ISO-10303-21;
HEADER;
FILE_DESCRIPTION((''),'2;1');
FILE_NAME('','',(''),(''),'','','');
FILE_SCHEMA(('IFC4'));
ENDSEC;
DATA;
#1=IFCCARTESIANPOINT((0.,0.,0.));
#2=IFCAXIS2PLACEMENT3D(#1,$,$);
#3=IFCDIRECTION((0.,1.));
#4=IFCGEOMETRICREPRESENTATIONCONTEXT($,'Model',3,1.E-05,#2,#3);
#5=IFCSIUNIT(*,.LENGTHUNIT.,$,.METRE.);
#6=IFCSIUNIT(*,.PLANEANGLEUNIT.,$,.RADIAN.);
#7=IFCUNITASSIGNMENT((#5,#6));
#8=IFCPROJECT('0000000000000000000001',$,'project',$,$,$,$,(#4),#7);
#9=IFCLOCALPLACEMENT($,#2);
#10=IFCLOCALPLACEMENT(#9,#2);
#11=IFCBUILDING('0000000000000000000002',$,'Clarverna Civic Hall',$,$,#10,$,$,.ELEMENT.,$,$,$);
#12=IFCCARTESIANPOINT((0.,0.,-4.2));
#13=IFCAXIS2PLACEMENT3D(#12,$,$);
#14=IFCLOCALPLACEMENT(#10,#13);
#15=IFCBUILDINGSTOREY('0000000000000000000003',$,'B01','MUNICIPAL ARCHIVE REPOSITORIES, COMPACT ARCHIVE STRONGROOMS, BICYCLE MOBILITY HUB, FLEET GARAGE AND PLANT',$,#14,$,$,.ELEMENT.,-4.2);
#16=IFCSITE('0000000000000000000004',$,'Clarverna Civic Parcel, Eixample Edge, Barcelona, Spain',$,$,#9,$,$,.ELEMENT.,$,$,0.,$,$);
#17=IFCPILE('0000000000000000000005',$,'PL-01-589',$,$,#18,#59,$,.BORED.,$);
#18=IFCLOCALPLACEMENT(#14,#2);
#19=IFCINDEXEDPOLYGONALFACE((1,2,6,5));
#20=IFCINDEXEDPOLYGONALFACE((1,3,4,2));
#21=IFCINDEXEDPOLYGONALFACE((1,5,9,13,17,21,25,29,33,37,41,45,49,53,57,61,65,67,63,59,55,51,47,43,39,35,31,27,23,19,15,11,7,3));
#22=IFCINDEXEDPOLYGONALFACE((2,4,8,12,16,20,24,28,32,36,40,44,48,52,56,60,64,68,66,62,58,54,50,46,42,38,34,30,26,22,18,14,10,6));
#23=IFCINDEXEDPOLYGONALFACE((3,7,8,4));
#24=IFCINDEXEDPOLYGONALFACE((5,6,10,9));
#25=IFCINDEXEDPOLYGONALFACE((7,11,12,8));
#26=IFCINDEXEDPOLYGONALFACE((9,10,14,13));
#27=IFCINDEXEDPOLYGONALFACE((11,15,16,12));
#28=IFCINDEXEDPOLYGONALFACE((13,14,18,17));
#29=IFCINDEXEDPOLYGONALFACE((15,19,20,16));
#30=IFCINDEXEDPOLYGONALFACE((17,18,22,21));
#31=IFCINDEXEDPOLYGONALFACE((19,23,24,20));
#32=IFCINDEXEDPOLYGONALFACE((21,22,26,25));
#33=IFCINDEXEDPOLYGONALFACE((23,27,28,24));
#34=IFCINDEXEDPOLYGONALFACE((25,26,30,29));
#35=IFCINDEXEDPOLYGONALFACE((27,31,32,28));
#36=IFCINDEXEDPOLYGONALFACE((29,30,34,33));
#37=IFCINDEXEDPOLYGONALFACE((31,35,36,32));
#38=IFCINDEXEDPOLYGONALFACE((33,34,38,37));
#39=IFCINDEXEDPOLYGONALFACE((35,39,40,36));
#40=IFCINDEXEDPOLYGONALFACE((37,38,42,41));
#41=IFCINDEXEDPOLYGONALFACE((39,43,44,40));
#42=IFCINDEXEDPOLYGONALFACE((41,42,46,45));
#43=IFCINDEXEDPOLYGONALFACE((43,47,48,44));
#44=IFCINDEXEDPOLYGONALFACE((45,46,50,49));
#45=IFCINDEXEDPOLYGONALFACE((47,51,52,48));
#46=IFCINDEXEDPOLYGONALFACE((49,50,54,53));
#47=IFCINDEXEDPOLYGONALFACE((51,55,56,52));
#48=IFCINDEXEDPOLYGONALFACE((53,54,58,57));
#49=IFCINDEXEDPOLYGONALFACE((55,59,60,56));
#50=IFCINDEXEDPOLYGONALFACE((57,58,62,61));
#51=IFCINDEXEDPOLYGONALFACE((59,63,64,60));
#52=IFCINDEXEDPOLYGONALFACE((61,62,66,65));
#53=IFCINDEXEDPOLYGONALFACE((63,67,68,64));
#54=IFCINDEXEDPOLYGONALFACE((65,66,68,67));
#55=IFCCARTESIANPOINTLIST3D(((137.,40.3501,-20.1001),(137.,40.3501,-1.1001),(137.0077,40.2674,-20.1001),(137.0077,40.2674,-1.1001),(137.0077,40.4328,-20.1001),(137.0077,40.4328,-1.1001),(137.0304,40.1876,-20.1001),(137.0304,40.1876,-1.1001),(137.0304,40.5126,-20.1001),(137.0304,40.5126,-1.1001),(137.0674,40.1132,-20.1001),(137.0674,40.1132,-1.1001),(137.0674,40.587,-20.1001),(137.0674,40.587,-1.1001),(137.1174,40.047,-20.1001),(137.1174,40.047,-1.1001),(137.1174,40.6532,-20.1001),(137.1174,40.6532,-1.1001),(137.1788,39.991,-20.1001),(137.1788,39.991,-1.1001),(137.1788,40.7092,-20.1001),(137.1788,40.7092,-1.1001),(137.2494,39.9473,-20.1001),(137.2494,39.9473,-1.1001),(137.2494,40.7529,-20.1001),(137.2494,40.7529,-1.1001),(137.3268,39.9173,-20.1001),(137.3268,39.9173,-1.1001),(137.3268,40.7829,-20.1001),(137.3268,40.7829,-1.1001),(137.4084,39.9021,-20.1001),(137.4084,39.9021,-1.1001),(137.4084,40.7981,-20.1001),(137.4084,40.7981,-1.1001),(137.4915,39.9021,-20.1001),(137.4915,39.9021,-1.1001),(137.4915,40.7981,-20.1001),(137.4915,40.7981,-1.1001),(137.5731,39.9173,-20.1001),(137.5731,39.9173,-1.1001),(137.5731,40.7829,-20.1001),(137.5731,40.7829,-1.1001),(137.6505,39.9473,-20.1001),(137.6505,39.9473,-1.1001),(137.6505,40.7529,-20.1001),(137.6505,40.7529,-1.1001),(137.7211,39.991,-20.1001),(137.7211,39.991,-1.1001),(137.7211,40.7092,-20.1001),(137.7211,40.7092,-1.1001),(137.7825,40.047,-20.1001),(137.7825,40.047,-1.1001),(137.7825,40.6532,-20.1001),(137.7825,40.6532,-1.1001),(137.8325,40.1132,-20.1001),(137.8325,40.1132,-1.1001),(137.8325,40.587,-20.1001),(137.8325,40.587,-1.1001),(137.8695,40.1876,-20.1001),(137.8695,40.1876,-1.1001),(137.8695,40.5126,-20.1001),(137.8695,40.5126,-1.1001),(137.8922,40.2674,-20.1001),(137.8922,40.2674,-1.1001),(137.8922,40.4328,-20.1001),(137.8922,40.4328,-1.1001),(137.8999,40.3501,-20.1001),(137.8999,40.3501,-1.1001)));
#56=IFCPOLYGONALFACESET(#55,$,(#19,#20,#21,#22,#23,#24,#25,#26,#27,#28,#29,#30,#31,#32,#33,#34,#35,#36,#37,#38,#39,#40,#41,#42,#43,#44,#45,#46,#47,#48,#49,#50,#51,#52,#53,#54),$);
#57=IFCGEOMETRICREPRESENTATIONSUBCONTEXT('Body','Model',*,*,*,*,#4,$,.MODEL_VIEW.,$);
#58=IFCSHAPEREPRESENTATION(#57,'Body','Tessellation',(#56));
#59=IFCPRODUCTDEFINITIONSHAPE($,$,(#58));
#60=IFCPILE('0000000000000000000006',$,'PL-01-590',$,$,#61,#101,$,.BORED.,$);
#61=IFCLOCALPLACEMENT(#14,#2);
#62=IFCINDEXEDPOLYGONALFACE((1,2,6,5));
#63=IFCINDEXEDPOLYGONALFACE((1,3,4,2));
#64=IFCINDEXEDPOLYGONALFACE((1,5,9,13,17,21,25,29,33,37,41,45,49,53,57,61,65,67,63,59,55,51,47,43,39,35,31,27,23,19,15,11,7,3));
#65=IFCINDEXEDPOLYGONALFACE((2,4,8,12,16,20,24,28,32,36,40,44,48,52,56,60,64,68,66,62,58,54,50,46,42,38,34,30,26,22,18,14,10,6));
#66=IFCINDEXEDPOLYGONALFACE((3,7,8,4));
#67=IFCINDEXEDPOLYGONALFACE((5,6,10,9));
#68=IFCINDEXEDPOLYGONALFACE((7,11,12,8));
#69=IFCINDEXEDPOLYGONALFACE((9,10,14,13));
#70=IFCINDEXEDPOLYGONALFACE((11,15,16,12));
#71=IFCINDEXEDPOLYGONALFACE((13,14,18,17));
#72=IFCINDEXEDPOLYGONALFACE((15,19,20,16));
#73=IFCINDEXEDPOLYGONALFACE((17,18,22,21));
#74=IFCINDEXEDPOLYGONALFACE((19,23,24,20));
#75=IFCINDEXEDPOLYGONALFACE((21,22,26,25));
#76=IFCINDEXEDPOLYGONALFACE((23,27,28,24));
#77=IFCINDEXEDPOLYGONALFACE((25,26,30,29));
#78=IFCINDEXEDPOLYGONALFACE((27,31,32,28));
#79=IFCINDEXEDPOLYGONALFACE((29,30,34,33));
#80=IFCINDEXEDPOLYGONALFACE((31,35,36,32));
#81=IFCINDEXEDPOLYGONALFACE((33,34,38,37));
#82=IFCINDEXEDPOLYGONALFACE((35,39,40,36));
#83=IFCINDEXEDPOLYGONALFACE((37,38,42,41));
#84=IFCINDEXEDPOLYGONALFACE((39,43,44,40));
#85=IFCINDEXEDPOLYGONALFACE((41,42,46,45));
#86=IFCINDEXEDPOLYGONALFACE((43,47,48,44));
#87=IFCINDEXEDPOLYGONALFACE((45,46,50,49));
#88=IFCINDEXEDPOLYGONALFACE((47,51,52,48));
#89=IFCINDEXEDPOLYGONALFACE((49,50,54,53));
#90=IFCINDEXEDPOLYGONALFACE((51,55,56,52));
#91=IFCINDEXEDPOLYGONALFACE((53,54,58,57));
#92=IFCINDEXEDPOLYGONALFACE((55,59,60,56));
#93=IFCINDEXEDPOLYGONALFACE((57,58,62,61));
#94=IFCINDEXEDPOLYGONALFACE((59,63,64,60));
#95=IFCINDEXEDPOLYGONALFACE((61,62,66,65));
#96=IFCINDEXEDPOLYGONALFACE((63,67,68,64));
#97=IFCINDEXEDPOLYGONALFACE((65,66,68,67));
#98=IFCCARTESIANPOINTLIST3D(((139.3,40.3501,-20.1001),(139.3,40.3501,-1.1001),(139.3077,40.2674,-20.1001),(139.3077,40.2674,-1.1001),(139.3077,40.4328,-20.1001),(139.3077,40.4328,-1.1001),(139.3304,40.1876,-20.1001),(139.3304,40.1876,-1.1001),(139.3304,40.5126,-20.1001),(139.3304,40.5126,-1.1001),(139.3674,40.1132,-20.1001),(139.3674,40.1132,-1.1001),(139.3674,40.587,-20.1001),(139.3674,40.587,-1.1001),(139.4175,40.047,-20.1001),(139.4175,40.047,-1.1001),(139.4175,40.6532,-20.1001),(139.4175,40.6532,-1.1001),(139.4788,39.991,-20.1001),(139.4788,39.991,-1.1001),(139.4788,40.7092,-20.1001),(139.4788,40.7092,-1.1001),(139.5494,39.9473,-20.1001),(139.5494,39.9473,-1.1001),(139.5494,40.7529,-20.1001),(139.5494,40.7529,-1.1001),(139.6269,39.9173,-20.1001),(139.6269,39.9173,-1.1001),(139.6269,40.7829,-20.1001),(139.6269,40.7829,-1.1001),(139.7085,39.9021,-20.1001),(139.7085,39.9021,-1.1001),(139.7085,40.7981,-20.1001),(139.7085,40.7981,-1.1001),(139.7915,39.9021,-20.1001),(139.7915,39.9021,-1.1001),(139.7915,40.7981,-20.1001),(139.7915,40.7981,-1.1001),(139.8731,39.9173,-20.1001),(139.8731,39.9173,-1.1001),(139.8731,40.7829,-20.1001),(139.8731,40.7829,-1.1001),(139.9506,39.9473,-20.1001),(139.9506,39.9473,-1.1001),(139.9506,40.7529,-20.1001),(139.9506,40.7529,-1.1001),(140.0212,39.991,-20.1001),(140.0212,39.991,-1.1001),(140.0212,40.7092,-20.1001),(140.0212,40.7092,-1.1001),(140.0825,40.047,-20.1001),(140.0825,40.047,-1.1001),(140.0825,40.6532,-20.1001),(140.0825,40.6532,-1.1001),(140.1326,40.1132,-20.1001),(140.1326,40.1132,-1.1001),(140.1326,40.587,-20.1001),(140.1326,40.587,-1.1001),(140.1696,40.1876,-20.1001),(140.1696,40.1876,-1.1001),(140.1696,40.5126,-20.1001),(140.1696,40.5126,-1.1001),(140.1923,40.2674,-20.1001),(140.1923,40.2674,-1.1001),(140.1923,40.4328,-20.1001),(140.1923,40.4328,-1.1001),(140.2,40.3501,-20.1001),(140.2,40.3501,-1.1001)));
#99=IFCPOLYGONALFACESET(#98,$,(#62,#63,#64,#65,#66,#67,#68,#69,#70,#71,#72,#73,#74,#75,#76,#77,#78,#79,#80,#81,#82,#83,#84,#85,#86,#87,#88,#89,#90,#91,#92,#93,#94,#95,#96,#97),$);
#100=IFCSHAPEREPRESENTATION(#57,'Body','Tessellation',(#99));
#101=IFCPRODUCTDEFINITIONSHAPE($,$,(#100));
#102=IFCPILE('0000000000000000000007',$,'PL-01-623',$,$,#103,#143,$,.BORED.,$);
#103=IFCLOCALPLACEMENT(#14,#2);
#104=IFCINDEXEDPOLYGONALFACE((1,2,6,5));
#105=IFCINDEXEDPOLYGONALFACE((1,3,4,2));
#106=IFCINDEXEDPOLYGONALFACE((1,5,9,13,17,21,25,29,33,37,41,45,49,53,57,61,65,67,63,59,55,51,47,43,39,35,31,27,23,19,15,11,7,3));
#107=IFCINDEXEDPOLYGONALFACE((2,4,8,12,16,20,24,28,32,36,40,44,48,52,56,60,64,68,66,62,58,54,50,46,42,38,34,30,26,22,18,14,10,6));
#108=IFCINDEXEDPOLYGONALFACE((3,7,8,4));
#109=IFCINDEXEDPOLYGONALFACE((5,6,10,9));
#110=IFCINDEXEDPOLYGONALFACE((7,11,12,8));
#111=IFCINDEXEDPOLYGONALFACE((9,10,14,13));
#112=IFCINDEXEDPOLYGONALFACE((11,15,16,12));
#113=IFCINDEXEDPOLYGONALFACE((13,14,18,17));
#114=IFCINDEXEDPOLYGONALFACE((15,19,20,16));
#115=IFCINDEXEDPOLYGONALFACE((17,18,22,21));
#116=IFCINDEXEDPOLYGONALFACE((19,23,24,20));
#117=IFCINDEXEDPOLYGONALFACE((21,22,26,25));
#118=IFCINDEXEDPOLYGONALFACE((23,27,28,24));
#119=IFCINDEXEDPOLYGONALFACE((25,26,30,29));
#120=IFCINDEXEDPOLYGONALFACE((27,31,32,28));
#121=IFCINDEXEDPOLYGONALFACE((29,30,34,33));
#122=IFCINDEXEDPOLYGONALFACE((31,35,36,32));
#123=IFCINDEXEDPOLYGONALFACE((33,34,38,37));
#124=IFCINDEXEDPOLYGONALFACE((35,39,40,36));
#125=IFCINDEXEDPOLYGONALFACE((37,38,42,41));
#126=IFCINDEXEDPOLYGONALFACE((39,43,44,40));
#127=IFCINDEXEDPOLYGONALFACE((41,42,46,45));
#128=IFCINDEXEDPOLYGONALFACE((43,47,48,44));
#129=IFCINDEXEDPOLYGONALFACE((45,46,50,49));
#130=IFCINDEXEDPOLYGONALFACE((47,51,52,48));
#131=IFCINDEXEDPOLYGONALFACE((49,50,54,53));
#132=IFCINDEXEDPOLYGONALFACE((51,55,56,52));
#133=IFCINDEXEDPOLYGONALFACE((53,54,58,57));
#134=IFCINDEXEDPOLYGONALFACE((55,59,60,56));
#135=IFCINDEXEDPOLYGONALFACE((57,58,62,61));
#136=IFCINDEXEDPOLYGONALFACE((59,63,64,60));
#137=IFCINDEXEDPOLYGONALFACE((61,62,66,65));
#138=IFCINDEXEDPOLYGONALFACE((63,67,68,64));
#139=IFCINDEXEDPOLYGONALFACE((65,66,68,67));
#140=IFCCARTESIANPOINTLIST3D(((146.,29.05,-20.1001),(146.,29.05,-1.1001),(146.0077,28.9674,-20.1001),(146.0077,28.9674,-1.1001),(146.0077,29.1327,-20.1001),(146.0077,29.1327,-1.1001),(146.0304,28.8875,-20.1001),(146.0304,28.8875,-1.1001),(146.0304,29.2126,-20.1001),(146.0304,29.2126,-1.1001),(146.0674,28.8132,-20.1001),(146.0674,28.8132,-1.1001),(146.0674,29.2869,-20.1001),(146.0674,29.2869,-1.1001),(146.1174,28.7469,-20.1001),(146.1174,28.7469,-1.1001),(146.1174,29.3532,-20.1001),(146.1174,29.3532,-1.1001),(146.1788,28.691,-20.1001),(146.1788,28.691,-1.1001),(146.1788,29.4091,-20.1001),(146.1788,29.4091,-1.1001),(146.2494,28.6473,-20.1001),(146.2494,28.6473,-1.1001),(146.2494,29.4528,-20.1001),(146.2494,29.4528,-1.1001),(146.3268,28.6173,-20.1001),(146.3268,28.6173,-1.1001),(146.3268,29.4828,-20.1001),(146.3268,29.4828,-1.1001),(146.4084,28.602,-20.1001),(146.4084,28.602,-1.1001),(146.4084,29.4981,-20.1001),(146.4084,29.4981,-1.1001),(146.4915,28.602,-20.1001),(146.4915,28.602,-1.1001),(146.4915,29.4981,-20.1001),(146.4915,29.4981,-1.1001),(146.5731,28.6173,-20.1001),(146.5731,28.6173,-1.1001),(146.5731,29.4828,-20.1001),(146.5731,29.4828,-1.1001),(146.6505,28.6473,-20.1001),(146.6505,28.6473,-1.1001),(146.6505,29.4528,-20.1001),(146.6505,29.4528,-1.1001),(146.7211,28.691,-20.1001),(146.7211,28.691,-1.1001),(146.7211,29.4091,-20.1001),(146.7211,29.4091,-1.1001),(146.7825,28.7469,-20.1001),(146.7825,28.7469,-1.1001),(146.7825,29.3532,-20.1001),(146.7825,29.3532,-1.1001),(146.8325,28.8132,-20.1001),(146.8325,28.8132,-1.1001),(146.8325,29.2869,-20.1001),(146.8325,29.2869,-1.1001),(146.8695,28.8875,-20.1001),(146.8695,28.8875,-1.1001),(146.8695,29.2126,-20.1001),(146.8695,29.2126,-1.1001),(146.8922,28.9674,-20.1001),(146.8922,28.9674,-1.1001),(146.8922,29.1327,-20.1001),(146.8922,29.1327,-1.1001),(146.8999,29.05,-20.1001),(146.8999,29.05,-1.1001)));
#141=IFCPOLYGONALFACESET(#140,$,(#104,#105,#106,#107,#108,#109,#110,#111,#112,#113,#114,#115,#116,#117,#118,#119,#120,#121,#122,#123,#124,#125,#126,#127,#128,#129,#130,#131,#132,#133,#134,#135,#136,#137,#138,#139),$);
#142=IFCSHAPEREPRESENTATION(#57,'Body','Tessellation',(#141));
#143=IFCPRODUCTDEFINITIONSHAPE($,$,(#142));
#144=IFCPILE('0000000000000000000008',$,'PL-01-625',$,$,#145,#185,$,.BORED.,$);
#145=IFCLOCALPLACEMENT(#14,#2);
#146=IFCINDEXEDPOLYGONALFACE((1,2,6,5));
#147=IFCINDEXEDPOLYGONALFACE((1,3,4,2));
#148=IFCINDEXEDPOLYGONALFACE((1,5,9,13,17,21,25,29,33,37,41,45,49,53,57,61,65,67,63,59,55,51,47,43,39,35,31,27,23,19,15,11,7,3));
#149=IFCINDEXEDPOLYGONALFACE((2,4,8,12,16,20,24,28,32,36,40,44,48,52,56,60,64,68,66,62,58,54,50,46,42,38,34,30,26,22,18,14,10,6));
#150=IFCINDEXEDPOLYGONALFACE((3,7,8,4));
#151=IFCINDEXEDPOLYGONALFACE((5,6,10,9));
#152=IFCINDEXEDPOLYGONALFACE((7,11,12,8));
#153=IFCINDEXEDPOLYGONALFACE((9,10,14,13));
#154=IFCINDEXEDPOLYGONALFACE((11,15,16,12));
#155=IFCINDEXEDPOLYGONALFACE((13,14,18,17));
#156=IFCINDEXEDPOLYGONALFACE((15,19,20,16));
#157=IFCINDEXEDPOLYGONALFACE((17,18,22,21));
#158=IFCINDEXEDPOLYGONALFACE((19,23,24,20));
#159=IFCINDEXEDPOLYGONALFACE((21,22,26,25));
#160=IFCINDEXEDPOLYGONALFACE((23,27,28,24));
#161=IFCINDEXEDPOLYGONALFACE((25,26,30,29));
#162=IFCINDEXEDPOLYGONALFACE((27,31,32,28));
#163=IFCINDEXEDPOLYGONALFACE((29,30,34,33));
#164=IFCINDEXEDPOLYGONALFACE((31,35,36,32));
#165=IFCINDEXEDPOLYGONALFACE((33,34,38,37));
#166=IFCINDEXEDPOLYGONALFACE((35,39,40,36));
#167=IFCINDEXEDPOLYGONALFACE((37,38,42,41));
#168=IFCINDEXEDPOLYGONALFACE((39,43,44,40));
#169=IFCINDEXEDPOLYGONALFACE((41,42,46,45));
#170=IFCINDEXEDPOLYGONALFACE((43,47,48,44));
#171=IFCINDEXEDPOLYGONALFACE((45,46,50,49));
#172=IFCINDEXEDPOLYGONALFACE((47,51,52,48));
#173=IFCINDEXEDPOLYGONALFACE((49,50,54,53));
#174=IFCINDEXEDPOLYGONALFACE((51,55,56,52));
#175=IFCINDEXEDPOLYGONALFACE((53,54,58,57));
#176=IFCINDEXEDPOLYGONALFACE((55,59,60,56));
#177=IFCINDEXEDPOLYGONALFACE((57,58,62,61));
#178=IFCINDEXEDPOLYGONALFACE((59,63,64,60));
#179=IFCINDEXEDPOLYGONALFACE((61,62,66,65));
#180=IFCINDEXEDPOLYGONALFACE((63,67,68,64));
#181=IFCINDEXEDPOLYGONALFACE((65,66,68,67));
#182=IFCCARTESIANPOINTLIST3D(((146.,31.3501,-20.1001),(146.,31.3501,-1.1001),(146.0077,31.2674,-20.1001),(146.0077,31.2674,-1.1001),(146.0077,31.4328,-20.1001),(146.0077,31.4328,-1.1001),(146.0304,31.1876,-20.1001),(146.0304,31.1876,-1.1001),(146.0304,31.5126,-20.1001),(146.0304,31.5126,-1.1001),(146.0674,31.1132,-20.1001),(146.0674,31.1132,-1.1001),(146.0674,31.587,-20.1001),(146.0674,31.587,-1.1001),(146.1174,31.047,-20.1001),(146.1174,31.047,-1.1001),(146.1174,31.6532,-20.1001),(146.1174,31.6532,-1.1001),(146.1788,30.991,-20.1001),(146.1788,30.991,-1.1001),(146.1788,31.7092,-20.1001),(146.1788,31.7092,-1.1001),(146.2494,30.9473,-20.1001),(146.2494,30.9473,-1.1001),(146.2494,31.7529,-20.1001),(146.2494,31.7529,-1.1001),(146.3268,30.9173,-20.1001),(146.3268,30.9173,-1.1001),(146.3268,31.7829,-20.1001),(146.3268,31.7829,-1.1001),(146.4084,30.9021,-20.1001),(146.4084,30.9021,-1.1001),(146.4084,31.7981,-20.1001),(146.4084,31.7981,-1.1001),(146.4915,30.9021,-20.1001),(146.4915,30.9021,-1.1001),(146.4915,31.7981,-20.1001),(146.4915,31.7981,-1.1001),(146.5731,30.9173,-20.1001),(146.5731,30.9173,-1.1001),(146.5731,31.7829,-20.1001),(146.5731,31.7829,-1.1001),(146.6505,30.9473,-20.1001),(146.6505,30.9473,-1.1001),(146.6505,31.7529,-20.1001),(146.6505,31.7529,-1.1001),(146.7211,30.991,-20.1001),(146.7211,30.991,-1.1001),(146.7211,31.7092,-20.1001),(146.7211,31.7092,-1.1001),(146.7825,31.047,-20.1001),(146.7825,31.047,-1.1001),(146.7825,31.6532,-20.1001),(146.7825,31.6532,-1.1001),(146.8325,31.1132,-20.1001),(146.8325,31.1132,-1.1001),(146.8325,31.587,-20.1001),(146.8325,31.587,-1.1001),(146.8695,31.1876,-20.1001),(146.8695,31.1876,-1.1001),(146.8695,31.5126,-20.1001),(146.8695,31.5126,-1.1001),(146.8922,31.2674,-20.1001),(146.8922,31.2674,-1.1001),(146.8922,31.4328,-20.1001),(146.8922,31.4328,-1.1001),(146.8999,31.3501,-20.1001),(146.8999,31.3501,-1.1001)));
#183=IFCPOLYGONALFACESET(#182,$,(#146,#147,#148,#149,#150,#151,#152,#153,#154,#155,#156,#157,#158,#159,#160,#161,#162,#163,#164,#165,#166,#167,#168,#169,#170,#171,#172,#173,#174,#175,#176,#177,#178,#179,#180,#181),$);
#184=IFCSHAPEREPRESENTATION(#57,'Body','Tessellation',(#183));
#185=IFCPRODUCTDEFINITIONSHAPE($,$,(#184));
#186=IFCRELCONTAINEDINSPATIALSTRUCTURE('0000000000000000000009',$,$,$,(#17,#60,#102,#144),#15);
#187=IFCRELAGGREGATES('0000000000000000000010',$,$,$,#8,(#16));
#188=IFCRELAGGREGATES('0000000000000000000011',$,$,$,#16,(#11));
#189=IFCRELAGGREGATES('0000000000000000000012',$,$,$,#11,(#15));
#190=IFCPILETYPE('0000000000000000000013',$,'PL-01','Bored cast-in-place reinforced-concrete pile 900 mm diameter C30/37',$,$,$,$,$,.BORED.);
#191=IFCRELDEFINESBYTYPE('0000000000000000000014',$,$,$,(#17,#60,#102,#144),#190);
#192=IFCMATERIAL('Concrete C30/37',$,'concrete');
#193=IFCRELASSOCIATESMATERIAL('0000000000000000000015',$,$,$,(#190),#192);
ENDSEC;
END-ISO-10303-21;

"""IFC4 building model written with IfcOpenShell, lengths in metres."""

from ifc_helpers import new_model, si_unit, direction, frame, origin, origin_2d, place, context, subcontext, project, spatial, circle, extrude, material, material_profile, profile_set, type_object, element, save


model = new_model("IFC4")

# Units and contexts
model_context = context("Model", 3, precision=1e-05, world=origin(), true_north=direction((0.0, 1.0)))
body_context = subcontext(model_context, "Body", "Model", "MODEL_VIEW")
ifc_project = project(units=[si_unit("LENGTHUNIT", "METRE"), si_unit("PLANEANGLEUNIT", "RADIAN")], contexts=[model_context])

# Site, building, storey
site_placement = place(None, origin())
site = spatial("IfcSite", under=ifc_project, at=site_placement, Name="Clarverna Civic Parcel, Eixample Edge, Barcelona, Spain", CompositionType="ELEMENT", RefElevation=0.0)
building_placement = place(site_placement, origin())
building = spatial("IfcBuilding", under=site, at=building_placement, Name="Clarverna Civic Hall", CompositionType="ELEMENT")
storey_placement = place(building_placement, frame((0.0, 0.0, -4.2)))
storey = spatial("IfcBuildingStorey", under=building, at=storey_placement, Name="B01", Description="MUNICIPAL ARCHIVE REPOSITORIES, COMPACT ARCHIVE STRONGROOMS, BICYCLE MOBILITY HUB, FLEET GARAGE AND PLANT", CompositionType="ELEMENT", Elevation=-4.2)

# Shared definitions
ifc_material_1 = material(Name="Concrete C30/37", Category="concrete")

# Piles
ifc_material_profile_1 = material_profile(ifc_material_1, circle(Radius=0.45, at=origin_2d()), Name="BORED PILE D900")
ifc_profile_set_1 = profile_set([ifc_material_profile_1], Name="Concrete C30/37")
pile_type = type_object("IfcPileType", Name="PL-01", Description="Bored cast-in-place reinforced-concrete pile 900 mm diameter C30/37", PredefinedType="BORED", material=ifc_profile_set_1)
for number, where, z_axis, x_axis, name in (
    (1, (137.45, 40.3501, -1.1001), (0.0, 0.0, -1.0), (1.0, 0.0, 0.0), "PL-01-589"),
    (2, (139.75, 40.3501, -1.1001), (0.0, 0.0, -1.0), (1.0, 0.0, 0.0), "PL-01-590"),
    (3, (146.45, 29.05, -1.1001), (0.0, 0.0, -1.0), (1.0, 0.0, 0.0), "PL-01-623"),
    (4, (146.45, 31.3501, -1.1001), (0.0, 0.0, -1.0), (1.0, 0.0, 0.0), "PL-01-625"),
):
    element("IfcPile", number, at=place(storey_placement, frame(where, z_axis=z_axis, x_axis=x_axis)), inside=storey, type_object=pile_type, Name=name, PredefinedType="BORED", context=body_context, shape_type="SweptSolid", body=[
        extrude(circle(Radius=0.45, at=origin_2d()), origin(), (0.0, 0.0, 1.0), 19.0),
    ])

save(model, "model.ifc")
